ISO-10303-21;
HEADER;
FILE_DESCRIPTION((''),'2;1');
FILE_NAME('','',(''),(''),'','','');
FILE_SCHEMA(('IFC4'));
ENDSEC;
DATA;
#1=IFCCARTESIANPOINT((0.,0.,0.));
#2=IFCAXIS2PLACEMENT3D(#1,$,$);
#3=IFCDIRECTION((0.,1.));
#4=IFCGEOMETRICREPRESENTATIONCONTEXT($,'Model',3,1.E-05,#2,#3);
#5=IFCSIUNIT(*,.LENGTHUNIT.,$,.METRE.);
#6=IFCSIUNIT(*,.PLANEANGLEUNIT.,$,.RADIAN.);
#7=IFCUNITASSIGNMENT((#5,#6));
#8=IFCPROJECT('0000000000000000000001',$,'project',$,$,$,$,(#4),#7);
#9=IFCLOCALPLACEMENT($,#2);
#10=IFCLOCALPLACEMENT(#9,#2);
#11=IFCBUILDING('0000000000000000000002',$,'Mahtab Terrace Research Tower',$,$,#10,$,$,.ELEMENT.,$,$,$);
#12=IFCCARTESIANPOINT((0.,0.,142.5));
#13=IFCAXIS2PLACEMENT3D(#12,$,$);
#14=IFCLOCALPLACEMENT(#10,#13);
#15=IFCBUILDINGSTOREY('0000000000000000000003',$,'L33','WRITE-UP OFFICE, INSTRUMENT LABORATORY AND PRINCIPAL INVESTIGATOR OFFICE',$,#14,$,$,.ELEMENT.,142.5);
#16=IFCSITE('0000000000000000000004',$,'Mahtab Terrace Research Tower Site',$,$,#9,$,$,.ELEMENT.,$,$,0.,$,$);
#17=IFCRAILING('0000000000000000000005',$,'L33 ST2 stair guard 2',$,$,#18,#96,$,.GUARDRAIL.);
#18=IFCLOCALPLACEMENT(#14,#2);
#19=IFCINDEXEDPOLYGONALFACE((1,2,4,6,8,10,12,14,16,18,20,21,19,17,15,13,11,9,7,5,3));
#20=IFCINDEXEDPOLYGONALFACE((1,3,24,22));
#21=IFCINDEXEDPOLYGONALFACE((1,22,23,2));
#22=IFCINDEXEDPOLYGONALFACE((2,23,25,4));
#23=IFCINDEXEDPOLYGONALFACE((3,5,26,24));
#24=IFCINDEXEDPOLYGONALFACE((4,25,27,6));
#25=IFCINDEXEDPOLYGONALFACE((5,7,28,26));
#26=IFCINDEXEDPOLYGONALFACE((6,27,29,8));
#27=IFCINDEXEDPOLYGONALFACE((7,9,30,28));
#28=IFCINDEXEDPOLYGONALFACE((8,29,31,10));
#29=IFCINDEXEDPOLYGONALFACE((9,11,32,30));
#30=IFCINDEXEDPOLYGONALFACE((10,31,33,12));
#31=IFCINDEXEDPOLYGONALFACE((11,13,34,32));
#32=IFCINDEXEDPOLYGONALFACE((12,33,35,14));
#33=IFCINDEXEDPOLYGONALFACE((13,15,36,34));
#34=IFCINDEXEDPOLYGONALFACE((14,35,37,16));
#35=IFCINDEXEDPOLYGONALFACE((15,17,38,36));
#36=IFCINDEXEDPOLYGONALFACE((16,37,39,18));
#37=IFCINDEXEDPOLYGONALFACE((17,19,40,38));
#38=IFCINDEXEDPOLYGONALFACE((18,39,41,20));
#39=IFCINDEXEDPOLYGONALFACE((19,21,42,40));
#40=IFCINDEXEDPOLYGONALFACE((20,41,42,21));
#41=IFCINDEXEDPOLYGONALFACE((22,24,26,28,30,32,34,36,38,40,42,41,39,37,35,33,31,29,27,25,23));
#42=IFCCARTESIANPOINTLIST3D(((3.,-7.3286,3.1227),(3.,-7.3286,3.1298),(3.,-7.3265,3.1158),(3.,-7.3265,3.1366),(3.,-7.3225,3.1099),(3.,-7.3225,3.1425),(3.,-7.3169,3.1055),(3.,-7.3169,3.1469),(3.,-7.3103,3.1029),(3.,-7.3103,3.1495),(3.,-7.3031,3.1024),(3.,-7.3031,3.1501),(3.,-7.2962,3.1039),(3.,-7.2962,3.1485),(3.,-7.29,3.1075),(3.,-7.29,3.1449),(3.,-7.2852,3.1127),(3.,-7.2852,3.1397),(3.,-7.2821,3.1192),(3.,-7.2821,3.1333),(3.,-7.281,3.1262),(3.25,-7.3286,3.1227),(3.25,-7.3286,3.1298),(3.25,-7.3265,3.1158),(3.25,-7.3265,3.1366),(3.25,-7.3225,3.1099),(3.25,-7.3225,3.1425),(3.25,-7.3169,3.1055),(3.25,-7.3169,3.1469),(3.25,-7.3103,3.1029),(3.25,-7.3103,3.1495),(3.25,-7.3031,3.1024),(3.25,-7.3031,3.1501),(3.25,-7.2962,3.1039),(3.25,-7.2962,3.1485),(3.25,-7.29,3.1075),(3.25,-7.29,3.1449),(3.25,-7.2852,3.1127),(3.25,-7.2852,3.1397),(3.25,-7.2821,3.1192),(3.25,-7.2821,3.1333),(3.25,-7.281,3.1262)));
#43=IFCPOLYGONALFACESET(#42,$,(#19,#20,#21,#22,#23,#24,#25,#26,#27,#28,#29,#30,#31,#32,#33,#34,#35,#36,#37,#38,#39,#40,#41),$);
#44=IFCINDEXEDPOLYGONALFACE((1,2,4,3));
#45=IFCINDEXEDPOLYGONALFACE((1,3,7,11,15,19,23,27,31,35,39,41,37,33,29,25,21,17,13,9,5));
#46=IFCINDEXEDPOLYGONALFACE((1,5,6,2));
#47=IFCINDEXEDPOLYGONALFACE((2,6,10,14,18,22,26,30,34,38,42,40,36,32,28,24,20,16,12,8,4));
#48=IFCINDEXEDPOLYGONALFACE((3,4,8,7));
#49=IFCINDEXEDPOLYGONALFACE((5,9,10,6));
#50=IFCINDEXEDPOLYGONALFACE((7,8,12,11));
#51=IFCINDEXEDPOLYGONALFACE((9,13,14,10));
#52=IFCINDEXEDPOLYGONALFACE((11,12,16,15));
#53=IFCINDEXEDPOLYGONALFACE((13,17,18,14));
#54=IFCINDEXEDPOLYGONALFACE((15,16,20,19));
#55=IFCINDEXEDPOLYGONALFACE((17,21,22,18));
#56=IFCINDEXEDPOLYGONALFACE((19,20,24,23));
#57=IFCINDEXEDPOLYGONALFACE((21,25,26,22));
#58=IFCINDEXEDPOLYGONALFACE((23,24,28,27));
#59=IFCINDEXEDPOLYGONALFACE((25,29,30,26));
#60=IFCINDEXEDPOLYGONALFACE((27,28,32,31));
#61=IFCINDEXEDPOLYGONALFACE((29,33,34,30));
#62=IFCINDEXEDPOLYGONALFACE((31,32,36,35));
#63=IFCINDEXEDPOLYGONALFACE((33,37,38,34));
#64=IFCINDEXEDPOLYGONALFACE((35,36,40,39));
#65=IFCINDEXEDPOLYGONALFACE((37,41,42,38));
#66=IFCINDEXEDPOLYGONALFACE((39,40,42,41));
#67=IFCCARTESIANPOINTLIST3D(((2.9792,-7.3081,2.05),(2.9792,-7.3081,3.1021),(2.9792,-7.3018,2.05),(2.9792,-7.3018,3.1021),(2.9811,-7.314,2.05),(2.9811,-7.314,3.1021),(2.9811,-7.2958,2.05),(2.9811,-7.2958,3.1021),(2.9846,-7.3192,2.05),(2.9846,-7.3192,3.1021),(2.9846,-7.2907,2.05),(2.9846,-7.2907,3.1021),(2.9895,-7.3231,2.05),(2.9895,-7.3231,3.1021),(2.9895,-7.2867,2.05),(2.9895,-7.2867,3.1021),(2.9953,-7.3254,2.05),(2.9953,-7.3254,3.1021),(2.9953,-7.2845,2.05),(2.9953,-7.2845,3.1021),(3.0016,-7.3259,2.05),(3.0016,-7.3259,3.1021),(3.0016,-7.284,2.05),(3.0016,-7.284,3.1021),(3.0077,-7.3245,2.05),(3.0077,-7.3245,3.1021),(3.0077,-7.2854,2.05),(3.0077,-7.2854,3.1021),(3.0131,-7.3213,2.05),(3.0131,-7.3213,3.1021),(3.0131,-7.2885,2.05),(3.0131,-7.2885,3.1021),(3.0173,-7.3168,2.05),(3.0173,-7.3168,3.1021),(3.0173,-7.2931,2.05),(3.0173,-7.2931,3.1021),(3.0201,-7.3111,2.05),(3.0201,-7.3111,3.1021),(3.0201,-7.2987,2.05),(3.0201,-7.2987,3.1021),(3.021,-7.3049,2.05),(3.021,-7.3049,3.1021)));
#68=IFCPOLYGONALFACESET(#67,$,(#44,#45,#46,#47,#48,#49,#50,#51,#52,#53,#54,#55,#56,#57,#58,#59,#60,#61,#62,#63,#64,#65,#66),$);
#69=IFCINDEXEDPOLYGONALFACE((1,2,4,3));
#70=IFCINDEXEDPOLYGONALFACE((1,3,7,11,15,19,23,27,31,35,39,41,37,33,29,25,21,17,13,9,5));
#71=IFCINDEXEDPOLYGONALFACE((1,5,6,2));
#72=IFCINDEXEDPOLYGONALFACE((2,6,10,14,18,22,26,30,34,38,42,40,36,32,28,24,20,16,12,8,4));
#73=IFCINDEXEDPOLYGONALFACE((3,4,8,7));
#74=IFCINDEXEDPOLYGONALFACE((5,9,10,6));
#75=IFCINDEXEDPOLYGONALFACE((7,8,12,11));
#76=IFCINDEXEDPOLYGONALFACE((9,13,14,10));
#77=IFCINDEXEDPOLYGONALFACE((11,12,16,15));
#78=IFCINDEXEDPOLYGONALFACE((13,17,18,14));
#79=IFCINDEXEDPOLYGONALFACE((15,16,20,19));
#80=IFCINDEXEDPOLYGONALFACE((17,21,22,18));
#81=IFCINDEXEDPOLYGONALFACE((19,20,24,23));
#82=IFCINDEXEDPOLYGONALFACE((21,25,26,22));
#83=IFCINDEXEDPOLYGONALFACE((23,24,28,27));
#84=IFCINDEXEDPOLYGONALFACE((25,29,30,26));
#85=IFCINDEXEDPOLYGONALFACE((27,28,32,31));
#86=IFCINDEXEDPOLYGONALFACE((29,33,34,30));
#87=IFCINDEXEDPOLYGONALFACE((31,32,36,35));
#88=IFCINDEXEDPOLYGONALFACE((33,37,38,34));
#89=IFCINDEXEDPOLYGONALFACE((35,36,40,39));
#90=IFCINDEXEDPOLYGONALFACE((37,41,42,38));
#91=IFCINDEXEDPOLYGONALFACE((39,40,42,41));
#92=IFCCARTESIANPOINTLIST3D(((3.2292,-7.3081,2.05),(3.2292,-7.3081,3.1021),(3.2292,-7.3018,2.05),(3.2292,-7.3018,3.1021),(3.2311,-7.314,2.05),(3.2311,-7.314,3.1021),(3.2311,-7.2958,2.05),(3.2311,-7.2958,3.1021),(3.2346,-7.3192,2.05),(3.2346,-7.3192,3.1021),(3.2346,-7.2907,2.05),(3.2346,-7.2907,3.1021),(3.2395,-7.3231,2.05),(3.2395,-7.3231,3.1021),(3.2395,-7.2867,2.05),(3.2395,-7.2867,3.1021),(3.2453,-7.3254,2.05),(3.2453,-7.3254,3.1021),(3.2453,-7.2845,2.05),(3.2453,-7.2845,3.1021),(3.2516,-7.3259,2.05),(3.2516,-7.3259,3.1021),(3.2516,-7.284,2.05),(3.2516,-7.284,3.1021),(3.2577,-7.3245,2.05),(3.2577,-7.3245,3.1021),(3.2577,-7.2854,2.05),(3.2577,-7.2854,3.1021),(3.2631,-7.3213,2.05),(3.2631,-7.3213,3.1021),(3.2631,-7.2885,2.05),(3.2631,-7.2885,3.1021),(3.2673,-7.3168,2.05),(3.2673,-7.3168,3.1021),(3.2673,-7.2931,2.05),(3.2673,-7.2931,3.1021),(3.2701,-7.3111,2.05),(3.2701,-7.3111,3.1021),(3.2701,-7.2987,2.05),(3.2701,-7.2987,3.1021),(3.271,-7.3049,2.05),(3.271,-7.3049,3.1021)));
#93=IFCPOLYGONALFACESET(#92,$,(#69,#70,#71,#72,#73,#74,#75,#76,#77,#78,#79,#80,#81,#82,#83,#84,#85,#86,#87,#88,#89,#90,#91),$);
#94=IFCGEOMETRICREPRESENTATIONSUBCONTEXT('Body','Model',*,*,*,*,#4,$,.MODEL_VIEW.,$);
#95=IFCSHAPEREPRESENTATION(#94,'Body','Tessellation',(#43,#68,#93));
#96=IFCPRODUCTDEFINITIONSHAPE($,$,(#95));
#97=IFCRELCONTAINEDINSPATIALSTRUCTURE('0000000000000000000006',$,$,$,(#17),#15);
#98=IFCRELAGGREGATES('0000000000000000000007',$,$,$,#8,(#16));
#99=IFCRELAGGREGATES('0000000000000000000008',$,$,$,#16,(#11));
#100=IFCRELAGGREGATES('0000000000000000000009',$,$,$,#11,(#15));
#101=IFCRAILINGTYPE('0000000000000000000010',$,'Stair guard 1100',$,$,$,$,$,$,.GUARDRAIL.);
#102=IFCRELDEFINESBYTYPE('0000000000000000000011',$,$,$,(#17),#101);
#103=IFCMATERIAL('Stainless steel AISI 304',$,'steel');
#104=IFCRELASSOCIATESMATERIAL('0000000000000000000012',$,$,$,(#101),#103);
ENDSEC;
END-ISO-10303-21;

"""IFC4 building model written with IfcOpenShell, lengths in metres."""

from ifc_helpers import new_model, si_unit, direction, frame, origin, origin_2d, place, context, subcontext, project, spatial, circle, extrude, material, type_object, element, save


model = new_model("IFC4")

# Units and contexts
model_context = context("Model", 3, precision=1e-05, world=origin(), true_north=direction((0.0, 1.0)))
body_context = subcontext(model_context, "Body", "Model", "MODEL_VIEW")
ifc_project = project(units=[si_unit("LENGTHUNIT", "METRE"), si_unit("PLANEANGLEUNIT", "RADIAN")], contexts=[model_context])

# Site, building, storey
site_placement = place(None, origin())
site = spatial("IfcSite", under=ifc_project, at=site_placement, Name="Mahtab Terrace Research Tower Site", CompositionType="ELEMENT", RefElevation=0.0)
building_placement = place(site_placement, origin())
building = spatial("IfcBuilding", under=site, at=building_placement, Name="Mahtab Terrace Research Tower", CompositionType="ELEMENT")
storey_placement = place(building_placement, frame((0.0, 0.0, 142.5)))
storey = spatial("IfcBuildingStorey", under=building, at=storey_placement, Name="L33", Description="WRITE-UP OFFICE, INSTRUMENT LABORATORY AND PRINCIPAL INVESTIGATOR OFFICE", CompositionType="ELEMENT", Elevation=142.5)

# Railing
ifc_material_1 = material(Name="Stainless steel AISI 304", Category="steel")
railing_type_1 = type_object("IfcRailingType", Name="Stair guard 1100", PredefinedType="GUARDRAIL", material=ifc_material_1)
railing_1_placement = place(storey_placement, frame((3.0, -7.3049, 2.05)))
element("IfcRailing", 1, at=railing_1_placement, inside=storey, type_object=railing_type_1, Name="L33 ST2 stair guard 2", PredefinedType="GUARDRAIL", context=body_context, shape_type="SweptSolid", body=[
    extrude(circle(Radius=0.0239, at=origin_2d()), frame((0.0, 0.0, 1.0762), z_axis=(1.0, 0.0, 0.0), x_axis=(0.0, 1.0, 0.0)), (0.0, 0.0, 1.0), 0.25),
    extrude(circle(Radius=0.021, at=origin_2d()), origin(), (0.0, 0.0, 1.0), 1.052),
    extrude(circle(Radius=0.021, at=origin_2d()), frame((0.25, 0.0, 0.0)), (0.0, 0.0, 1.0), 1.052),
])

save(model, "model.ifc")
